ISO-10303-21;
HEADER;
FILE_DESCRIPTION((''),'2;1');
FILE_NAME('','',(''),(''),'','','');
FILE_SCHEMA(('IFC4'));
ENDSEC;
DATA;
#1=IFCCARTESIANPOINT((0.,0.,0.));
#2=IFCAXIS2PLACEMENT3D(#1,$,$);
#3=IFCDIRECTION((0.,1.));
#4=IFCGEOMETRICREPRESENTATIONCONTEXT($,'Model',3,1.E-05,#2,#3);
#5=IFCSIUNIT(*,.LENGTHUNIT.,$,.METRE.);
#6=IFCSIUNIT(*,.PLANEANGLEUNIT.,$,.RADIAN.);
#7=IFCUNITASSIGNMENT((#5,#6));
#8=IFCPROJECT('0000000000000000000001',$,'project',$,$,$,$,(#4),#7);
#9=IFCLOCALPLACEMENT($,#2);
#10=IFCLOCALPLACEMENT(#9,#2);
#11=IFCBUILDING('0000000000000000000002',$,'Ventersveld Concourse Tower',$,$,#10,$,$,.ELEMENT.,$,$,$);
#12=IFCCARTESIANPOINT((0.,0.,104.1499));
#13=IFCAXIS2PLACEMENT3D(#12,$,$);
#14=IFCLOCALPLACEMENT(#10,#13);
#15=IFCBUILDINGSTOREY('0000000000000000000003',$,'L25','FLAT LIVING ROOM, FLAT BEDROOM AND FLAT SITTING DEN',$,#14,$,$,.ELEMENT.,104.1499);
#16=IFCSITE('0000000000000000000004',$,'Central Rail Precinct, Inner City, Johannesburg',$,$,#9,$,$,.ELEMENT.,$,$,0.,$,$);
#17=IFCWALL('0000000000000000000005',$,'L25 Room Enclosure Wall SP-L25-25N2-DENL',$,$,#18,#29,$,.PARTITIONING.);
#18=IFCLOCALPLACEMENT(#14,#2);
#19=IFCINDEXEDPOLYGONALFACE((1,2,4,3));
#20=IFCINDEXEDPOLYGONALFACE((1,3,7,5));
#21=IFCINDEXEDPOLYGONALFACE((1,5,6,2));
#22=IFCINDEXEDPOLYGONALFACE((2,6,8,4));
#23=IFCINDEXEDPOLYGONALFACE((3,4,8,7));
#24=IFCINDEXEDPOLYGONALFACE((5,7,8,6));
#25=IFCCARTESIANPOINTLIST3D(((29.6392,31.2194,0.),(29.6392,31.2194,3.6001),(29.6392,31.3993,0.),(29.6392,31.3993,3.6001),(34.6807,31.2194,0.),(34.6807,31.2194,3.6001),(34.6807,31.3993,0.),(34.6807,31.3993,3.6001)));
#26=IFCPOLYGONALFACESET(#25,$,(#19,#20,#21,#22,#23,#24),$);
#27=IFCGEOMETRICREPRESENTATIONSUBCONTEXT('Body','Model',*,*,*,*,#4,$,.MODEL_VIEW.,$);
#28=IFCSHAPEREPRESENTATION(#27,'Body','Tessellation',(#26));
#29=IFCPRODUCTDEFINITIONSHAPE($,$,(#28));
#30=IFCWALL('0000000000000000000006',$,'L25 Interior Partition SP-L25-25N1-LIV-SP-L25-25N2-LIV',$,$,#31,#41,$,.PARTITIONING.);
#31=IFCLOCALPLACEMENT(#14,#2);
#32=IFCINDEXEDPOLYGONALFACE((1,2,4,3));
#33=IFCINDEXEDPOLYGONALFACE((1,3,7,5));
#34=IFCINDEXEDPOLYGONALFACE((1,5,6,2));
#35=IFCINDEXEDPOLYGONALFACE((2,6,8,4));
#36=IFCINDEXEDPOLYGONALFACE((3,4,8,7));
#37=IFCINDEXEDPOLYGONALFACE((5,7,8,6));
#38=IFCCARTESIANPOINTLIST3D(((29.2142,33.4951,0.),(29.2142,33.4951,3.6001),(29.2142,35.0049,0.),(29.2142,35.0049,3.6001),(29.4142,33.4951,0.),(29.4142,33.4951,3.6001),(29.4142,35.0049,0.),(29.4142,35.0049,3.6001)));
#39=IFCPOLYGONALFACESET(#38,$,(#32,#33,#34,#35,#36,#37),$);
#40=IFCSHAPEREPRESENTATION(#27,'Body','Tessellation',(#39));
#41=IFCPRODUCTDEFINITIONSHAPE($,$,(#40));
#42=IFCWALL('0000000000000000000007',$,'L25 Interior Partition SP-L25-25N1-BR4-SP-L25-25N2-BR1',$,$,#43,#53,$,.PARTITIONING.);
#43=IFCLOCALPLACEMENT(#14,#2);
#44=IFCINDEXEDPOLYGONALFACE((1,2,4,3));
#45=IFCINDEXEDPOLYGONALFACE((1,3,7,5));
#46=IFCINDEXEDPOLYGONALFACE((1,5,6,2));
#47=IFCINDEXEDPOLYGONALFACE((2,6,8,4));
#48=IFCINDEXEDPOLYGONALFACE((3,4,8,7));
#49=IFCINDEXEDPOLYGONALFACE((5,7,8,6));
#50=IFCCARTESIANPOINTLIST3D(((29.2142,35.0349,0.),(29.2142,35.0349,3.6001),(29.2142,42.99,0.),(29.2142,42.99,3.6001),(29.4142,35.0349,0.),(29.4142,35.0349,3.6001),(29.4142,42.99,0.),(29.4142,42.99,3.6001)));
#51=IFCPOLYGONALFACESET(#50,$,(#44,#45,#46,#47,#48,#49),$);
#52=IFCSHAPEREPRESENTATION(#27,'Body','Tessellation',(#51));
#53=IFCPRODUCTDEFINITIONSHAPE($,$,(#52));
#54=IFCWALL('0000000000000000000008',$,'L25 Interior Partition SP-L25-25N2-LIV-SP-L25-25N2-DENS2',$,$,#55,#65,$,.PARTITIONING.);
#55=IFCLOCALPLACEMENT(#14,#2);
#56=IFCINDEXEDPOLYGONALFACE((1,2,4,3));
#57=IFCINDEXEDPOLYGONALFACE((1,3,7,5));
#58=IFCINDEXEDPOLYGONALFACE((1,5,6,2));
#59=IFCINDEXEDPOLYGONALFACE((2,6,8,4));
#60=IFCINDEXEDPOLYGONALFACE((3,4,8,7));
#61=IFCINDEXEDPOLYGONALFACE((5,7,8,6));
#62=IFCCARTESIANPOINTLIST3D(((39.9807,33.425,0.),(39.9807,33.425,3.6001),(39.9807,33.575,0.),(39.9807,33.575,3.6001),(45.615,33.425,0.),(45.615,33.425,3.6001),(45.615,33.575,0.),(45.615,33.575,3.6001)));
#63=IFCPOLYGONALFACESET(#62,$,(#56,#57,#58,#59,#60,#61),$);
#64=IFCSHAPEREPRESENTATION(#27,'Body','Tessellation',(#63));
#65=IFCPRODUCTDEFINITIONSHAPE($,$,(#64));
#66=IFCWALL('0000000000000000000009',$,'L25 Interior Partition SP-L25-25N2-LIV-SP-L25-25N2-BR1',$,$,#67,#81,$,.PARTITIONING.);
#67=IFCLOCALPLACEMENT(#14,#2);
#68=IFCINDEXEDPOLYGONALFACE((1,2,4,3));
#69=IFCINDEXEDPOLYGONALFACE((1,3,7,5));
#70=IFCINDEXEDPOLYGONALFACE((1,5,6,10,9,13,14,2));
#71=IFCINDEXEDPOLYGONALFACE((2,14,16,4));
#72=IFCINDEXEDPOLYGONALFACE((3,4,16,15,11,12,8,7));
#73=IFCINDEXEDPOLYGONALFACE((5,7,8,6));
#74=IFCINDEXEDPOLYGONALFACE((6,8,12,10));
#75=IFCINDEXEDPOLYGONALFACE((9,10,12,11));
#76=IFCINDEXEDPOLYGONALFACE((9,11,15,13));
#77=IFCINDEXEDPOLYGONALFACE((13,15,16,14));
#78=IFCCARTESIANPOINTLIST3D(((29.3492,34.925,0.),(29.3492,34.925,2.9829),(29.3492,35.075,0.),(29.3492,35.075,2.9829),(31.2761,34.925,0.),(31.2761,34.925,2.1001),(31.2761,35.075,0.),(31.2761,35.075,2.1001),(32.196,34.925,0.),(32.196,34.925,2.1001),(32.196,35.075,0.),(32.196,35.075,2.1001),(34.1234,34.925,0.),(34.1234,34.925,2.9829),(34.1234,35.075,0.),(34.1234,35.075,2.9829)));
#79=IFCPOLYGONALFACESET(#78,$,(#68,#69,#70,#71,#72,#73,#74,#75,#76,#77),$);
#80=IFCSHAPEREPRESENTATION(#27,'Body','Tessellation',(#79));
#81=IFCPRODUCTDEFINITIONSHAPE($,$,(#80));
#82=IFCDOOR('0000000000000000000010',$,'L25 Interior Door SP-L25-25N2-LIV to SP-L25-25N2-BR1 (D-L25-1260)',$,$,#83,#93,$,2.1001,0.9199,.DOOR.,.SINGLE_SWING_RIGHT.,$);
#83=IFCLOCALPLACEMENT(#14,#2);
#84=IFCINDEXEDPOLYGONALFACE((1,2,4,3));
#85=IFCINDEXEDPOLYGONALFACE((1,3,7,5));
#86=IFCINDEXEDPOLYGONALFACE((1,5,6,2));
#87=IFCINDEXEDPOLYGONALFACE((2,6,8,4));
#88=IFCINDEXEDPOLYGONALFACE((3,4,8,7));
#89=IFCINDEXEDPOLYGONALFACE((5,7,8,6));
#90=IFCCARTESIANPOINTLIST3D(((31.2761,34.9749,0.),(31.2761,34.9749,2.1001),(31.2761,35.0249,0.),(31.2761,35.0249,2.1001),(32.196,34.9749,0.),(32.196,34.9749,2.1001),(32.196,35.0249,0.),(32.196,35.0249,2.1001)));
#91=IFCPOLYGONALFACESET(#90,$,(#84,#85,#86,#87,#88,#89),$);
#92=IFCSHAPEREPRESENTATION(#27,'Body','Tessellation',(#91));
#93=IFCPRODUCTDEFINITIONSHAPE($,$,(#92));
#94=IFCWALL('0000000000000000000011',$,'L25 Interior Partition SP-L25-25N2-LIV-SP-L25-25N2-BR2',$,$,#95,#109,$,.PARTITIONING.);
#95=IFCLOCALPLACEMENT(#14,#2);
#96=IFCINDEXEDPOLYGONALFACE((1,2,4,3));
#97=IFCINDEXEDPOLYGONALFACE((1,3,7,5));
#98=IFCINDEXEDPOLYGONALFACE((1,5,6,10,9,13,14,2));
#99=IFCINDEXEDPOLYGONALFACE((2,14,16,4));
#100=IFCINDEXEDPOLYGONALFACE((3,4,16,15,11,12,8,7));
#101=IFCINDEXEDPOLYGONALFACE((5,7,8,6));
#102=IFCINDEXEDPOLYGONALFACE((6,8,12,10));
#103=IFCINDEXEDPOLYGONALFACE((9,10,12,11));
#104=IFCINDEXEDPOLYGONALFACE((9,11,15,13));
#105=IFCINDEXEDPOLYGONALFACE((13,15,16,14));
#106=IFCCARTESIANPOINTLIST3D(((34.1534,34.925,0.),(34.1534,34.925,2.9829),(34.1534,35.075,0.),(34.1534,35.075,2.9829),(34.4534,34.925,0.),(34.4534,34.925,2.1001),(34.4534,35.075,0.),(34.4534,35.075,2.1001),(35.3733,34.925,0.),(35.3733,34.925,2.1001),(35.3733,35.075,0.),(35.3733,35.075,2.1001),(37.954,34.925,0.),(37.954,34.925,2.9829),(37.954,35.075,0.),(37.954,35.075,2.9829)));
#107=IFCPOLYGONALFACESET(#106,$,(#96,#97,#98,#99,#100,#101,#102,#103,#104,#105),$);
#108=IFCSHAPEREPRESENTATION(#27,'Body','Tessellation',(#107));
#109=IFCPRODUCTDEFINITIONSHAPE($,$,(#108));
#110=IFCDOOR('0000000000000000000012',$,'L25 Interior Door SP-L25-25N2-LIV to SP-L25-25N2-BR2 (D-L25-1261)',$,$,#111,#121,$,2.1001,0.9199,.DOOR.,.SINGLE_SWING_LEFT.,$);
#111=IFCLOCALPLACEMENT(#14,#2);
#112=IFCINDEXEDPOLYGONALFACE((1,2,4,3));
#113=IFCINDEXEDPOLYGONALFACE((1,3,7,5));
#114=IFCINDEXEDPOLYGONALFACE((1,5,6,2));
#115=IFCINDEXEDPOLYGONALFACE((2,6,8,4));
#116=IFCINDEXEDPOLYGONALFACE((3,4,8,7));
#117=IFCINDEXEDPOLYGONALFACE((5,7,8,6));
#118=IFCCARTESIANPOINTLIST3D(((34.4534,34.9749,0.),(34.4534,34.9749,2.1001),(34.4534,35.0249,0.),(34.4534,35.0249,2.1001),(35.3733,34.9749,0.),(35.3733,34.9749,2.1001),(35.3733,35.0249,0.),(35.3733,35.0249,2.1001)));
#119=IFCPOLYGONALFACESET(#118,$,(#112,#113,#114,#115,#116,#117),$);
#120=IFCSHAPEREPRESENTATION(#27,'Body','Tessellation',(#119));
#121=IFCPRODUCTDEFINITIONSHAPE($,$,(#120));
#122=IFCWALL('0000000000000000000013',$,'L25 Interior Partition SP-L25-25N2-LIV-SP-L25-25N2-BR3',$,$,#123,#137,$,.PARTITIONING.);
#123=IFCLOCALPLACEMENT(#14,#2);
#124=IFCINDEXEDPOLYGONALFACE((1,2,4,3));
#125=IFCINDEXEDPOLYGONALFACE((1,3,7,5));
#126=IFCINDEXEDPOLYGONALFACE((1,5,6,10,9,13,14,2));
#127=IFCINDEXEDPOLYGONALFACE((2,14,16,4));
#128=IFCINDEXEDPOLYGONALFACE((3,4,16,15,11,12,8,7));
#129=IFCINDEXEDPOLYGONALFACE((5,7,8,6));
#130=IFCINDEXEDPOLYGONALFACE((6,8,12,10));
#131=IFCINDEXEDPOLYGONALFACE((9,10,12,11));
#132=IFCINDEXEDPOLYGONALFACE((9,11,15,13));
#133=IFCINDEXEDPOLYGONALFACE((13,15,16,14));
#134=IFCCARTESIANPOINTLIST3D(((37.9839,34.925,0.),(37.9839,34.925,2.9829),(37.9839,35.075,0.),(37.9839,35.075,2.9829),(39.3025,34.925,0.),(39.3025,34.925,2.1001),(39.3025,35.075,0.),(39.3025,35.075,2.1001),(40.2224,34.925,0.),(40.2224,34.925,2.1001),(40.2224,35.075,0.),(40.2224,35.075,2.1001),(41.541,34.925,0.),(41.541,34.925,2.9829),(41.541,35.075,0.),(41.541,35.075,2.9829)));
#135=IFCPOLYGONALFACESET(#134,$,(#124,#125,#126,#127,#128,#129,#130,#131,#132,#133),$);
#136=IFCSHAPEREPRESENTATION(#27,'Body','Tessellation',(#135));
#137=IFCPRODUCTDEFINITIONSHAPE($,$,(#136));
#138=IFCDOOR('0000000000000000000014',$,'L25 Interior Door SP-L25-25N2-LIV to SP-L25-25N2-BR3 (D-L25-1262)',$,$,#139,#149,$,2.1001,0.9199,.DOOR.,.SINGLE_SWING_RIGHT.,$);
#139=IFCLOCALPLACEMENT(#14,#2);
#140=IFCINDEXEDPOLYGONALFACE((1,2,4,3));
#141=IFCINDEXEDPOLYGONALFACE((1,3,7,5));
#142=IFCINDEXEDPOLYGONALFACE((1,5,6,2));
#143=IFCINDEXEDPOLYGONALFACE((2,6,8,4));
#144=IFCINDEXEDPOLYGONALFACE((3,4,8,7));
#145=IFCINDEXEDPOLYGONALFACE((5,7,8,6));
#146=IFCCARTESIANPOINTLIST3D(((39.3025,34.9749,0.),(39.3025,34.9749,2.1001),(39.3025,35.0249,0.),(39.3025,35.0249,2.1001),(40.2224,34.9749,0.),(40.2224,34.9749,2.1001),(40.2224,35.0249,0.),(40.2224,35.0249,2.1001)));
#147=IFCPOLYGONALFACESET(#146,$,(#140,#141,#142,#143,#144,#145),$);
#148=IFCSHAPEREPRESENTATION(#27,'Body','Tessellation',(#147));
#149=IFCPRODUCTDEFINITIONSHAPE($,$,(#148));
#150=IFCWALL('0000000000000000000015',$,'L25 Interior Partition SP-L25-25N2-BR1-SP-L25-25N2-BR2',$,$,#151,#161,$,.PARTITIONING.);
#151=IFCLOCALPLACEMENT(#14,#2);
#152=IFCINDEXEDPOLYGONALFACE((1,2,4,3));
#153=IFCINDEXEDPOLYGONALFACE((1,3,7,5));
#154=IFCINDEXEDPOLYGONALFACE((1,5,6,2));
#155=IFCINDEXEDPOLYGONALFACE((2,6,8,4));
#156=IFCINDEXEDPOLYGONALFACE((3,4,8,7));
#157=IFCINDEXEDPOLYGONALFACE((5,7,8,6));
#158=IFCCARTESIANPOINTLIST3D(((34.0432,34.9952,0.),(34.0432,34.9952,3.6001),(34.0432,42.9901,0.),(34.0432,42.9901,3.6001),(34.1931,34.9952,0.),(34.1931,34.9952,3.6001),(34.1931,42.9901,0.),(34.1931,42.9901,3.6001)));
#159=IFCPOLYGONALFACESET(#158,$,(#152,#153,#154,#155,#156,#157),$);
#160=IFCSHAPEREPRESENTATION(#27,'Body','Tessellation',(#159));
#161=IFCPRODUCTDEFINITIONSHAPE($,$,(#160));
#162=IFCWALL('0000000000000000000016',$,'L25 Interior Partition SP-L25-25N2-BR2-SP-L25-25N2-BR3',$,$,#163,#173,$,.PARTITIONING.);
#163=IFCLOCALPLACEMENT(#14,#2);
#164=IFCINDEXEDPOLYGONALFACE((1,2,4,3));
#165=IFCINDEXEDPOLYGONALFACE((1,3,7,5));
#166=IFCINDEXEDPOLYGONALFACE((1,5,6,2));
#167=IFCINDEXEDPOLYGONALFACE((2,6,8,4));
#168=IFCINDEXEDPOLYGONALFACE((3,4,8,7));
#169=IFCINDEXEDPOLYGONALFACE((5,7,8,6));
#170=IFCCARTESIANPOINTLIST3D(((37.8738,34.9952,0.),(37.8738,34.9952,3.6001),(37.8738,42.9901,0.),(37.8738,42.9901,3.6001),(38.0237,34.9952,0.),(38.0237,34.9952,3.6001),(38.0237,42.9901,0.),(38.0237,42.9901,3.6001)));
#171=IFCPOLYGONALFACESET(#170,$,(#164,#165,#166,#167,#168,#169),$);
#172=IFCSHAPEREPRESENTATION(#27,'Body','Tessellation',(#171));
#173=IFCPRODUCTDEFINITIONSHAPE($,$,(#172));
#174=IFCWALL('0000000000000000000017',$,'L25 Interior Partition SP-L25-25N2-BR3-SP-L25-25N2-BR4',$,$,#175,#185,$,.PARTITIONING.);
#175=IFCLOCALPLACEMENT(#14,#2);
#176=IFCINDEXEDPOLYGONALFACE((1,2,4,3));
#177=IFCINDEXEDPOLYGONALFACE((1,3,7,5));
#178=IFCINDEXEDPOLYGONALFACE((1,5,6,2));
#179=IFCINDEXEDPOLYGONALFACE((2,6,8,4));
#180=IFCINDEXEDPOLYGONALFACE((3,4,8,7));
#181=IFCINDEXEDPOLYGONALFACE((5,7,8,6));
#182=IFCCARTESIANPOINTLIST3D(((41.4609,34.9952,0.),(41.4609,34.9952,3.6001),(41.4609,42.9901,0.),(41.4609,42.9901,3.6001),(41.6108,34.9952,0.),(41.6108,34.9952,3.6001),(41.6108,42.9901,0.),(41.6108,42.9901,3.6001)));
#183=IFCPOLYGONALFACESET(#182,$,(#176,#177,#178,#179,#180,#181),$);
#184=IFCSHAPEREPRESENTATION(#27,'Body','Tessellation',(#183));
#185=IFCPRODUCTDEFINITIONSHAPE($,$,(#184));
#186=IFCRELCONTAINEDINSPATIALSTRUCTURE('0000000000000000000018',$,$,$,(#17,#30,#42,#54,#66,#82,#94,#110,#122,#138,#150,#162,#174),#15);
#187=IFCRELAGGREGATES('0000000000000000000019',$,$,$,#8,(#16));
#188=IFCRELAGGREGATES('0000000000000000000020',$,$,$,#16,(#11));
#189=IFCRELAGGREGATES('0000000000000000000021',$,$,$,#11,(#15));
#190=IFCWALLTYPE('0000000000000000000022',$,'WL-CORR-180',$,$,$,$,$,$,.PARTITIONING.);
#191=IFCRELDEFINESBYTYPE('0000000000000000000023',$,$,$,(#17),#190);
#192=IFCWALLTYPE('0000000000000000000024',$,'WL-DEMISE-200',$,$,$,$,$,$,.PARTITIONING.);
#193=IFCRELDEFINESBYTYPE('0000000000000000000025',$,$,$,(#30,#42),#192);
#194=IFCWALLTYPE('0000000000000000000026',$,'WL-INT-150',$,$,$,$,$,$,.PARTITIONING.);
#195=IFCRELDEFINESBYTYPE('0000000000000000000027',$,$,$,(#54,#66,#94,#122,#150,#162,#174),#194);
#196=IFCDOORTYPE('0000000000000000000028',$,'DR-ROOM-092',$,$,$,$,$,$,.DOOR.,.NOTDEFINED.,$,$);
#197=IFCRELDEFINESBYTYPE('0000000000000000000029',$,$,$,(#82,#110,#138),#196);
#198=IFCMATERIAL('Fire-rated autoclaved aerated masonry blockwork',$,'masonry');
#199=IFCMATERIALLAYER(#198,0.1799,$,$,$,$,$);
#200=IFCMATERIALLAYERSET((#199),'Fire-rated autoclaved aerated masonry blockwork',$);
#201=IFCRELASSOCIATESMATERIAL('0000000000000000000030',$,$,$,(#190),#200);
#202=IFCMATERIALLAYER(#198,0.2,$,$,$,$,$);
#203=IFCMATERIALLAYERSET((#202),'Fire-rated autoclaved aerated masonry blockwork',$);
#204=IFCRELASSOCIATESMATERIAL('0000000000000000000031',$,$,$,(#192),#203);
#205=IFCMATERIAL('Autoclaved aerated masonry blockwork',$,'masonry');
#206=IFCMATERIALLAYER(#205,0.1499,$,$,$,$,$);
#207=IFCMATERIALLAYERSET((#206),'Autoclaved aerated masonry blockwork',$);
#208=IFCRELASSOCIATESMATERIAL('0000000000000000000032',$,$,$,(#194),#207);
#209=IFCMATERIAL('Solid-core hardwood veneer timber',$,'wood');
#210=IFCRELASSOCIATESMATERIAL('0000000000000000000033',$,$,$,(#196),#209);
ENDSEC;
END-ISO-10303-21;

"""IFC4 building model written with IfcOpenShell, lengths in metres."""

from ifc_helpers import new_model, si_unit, direction, frame, frame_2d, origin, place, context, subcontext, project, spatial, rectangle, extrude, material, layer, layer_set, type_object, element, fill, save


model = new_model("IFC4")

# Units and contexts
model_context = context("Model", 3, precision=1e-05, world=origin(), true_north=direction((0.0, 1.0)))
body_context = subcontext(model_context, "Body", "Model", "MODEL_VIEW")
ifc_project = project(units=[si_unit("LENGTHUNIT", "METRE"), si_unit("PLANEANGLEUNIT", "RADIAN")], contexts=[model_context])

# Site, building, storey
site_placement = place(None, origin())
site = spatial("IfcSite", under=ifc_project, at=site_placement, Name="Central Rail Precinct, Inner City, Johannesburg", CompositionType="ELEMENT", RefElevation=0.0)
building_placement = place(site_placement, origin())
building = spatial("IfcBuilding", under=site, at=building_placement, Name="Ventersveld Concourse Tower", CompositionType="ELEMENT")
storey_placement = place(building_placement, frame((0.0, 0.0, 104.1499)))
storey = spatial("IfcBuildingStorey", under=building, at=storey_placement, Name="L25", Description="FLAT LIVING ROOM, FLAT BEDROOM AND FLAT SITTING DEN", CompositionType="ELEMENT", Elevation=104.1499)

# Walls
ifc_material_1 = material(Name="Fire-rated autoclaved aerated masonry blockwork", Category="masonry")
ifc_layer_1 = layer(ifc_material_1, 0.1799)
ifc_layer_set_1 = layer_set([ifc_layer_1], Name="Fire-rated autoclaved aerated masonry blockwork")
wall_type_1 = type_object("IfcWallType", Name="WL-CORR-180", PredefinedType="PARTITIONING", material=ifc_layer_set_1)
wall_1_placement = place(storey_placement, frame((29.6392, 31.3093, 0.0), z_axis=(0.0, 0.0, 1.0), x_axis=(1.0, 0.0, 0.0)))
element("IfcWall", 1, at=wall_1_placement, inside=storey, type_object=wall_type_1, Name="L25 Room Enclosure Wall SP-L25-25N2-DENL", PredefinedType="PARTITIONING", context=body_context, shape_type="SweptSolid", body=[
    extrude(rectangle(XDim=5.0415, YDim=0.1799, at=frame_2d((2.5208, 0.0))), origin(), (0.0, 0.0, 1.0), 3.6001),
])
ifc_layer_2 = layer(ifc_material_1, 0.2)
ifc_layer_set_2 = layer_set([ifc_layer_2], Name="Fire-rated autoclaved aerated masonry blockwork")
wall_type_2 = type_object("IfcWallType", Name="WL-DEMISE-200", PredefinedType="PARTITIONING", material=ifc_layer_set_2)
wall_2_placement = place(storey_placement, frame((29.3142, 33.4951, 0.0), z_axis=(0.0, 0.0, 1.0), x_axis=(0.0, 1.0, 0.0)))
element("IfcWall", 2, at=wall_2_placement, inside=storey, type_object=wall_type_2, Name="L25 Interior Partition SP-L25-25N1-LIV-SP-L25-25N2-LIV", PredefinedType="PARTITIONING", context=body_context, shape_type="SweptSolid", body=[
    extrude(rectangle(XDim=1.5098, YDim=0.2, at=frame_2d((0.7549, 0.0))), origin(), (0.0, 0.0, 1.0), 3.6001),
])
wall_3_placement = place(storey_placement, frame((29.3142, 35.0349, 0.0), z_axis=(0.0, 0.0, 1.0), x_axis=(0.0, 1.0, 0.0)))
element("IfcWall", 3, at=wall_3_placement, inside=storey, type_object=wall_type_2, Name="L25 Interior Partition SP-L25-25N1-BR4-SP-L25-25N2-BR1", PredefinedType="PARTITIONING", context=body_context, shape_type="SweptSolid", body=[
    extrude(rectangle(XDim=7.9551, YDim=0.2, at=frame_2d((3.9775, 0.0))), origin(), (0.0, 0.0, 1.0), 3.6001),
])
ifc_material_2 = material(Name="Autoclaved aerated masonry blockwork", Category="masonry")
ifc_layer_3 = layer(ifc_material_2, 0.1499)
ifc_layer_set_3 = layer_set([ifc_layer_3], Name="Autoclaved aerated masonry blockwork")
wall_type_3 = type_object("IfcWallType", Name="WL-INT-150", PredefinedType="PARTITIONING", material=ifc_layer_set_3)
wall_4_placement = place(storey_placement, frame((39.9807, 33.5, 0.0), z_axis=(0.0, 0.0, 1.0), x_axis=(1.0, 0.0, 0.0)))
element("IfcWall", 4, at=wall_4_placement, inside=storey, type_object=wall_type_3, Name="L25 Interior Partition SP-L25-25N2-LIV-SP-L25-25N2-DENS2", PredefinedType="PARTITIONING", context=body_context, shape_type="SweptSolid", body=[
    extrude(rectangle(XDim=5.6343, YDim=0.1499, at=frame_2d((2.8171, 0.0))), origin(), (0.0, 0.0, 1.0), 3.6001),
])

# Walls, openings, doors
wall_5_placement = place(storey_placement, frame((29.3491, 35.0, 0.0), z_axis=(0.0, 0.0, 1.0), x_axis=(1.0, 0.0, 0.0)))
wall_5 = element("IfcWall", 5, at=wall_5_placement, inside=storey, type_object=wall_type_3, Name="L25 Interior Partition SP-L25-25N2-LIV-SP-L25-25N2-BR1", PredefinedType="PARTITIONING", context=body_context, shape_type="SweptSolid", body=[
    extrude(rectangle(XDim=4.7742, YDim=0.1499, at=frame_2d((2.3872, 0.0))), origin(), (0.0, 0.0, 1.0), 2.9829),
])
opening_1_placement = place(wall_5_placement, frame((1.927, 0.0, 0.0)))
opening_1 = element("IfcOpeningElement", 6, at=opening_1_placement, cuts=wall_5, PredefinedType="OPENING", context=body_context, shape_type="SweptSolid", body=[
    extrude(rectangle(XDim=0.9199, YDim=2.1001, at=frame_2d((0.46, 1.05))), frame((0.0, 0.085, 0.0), z_axis=(0.0, -1.0, 0.0), x_axis=(1.0, 0.0, 0.0)), (0.0, 0.0, 1.0), 0.1699),
])
ifc_material_3 = material(Name="Solid-core hardwood veneer timber", Category="wood")
door_type = type_object("IfcDoorType", Name="DR-ROOM-092", OperationType="NOTDEFINED", PredefinedType="DOOR", material=ifc_material_3)
door_1_placement = place(opening_1_placement, origin())
door_1 = element("IfcDoor", 7, at=door_1_placement, inside=storey, type_object=door_type, Name="L25 Interior Door SP-L25-25N2-LIV to SP-L25-25N2-BR1 (D-L25-1260)", OperationType="SINGLE_SWING_RIGHT", OverallHeight=2.1001, OverallWidth=0.9199, PredefinedType="DOOR", context=body_context, shape_type="SweptSolid", body=[
    extrude(rectangle(XDim=0.9199, YDim=2.1001, at=frame_2d((0.46, 1.05))), frame((0.0, 0.0249, 0.0), z_axis=(0.0, -1.0, 0.0), x_axis=(1.0, 0.0, 0.0)), (0.0, 0.0, 1.0), 0.05),
])
fill(opening_1, door_1)
wall_6_placement = place(storey_placement, frame((34.1533, 35.0, 0.0), z_axis=(0.0, 0.0, 1.0), x_axis=(1.0, 0.0, 0.0)))
wall_6 = element("IfcWall", 8, at=wall_6_placement, inside=storey, type_object=wall_type_3, Name="L25 Interior Partition SP-L25-25N2-LIV-SP-L25-25N2-BR2", PredefinedType="PARTITIONING", context=body_context, shape_type="SweptSolid", body=[
    extrude(rectangle(XDim=3.8005, YDim=0.1499, at=frame_2d((1.9004, 0.0))), origin(), (0.0, 0.0, 1.0), 2.9829),
])
opening_2_placement = place(wall_6_placement, frame((0.3, 0.0, 0.0)))
opening_2 = element("IfcOpeningElement", 9, at=opening_2_placement, cuts=wall_6, PredefinedType="OPENING", context=body_context, shape_type="SweptSolid", body=[
    extrude(rectangle(XDim=0.9199, YDim=2.1001, at=frame_2d((0.46, 1.05))), frame((0.0, 0.085, 0.0), z_axis=(0.0, -1.0, 0.0), x_axis=(1.0, 0.0, 0.0)), (0.0, 0.0, 1.0), 0.1699),
])
door_2_placement = place(opening_2_placement, origin())
door_2 = element("IfcDoor", 10, at=door_2_placement, inside=storey, type_object=door_type, Name="L25 Interior Door SP-L25-25N2-LIV to SP-L25-25N2-BR2 (D-L25-1261)", OperationType="SINGLE_SWING_LEFT", OverallHeight=2.1001, OverallWidth=0.9199, PredefinedType="DOOR", context=body_context, shape_type="SweptSolid", body=[
    extrude(rectangle(XDim=0.9199, YDim=2.1001, at=frame_2d((0.46, 1.05))), frame((0.0, 0.0249, 0.0), z_axis=(0.0, -1.0, 0.0), x_axis=(1.0, 0.0, 0.0)), (0.0, 0.0, 1.0), 0.05),
])
fill(opening_2, door_2)
wall_7_placement = place(storey_placement, frame((37.9839, 35.0, 0.0), z_axis=(0.0, 0.0, 1.0), x_axis=(1.0, 0.0, 0.0)))
wall_7 = element("IfcWall", 11, at=wall_7_placement, inside=storey, type_object=wall_type_3, Name="L25 Interior Partition SP-L25-25N2-LIV-SP-L25-25N2-BR3", PredefinedType="PARTITIONING", context=body_context, shape_type="SweptSolid", body=[
    extrude(rectangle(XDim=3.5571, YDim=0.1499, at=frame_2d((1.7786, 0.0))), origin(), (0.0, 0.0, 1.0), 2.9829),
])
opening_3_placement = place(wall_7_placement, frame((1.3186, 0.0, 0.0)))
opening_3 = element("IfcOpeningElement", 12, at=opening_3_placement, cuts=wall_7, PredefinedType="OPENING", context=body_context, shape_type="SweptSolid", body=[
    extrude(rectangle(XDim=0.9199, YDim=2.1001, at=frame_2d((0.46, 1.05))), frame((0.0, 0.085, 0.0), z_axis=(0.0, -1.0, 0.0), x_axis=(1.0, 0.0, 0.0)), (0.0, 0.0, 1.0), 0.1699),
])
door_3_placement = place(opening_3_placement, origin())
door_3 = element("IfcDoor", 13, at=door_3_placement, inside=storey, type_object=door_type, Name="L25 Interior Door SP-L25-25N2-LIV to SP-L25-25N2-BR3 (D-L25-1262)", OperationType="SINGLE_SWING_RIGHT", OverallHeight=2.1001, OverallWidth=0.9199, PredefinedType="DOOR", context=body_context, shape_type="SweptSolid", body=[
    extrude(rectangle(XDim=0.9199, YDim=2.1001, at=frame_2d((0.46, 1.05))), frame((0.0, 0.0249, 0.0), z_axis=(0.0, -1.0, 0.0), x_axis=(1.0, 0.0, 0.0)), (0.0, 0.0, 1.0), 0.05),
])
fill(opening_3, door_3)

# Walls
for number, where, z_axis, x_axis, name in (
    (14, (34.1182, 34.9951, 0.0), (0.0, 0.0, 1.0), (0.0, 1.0, 0.0), "L25 Interior Partition SP-L25-25N2-BR1-SP-L25-25N2-BR2"),
    (15, (37.9487, 34.9951, 0.0), (0.0, 0.0, 1.0), (0.0, 1.0, 0.0), "L25 Interior Partition SP-L25-25N2-BR2-SP-L25-25N2-BR3"),
    (16, (41.5359, 34.9951, 0.0), (0.0, 0.0, 1.0), (0.0, 1.0, 0.0), "L25 Interior Partition SP-L25-25N2-BR3-SP-L25-25N2-BR4"),
):
    element("IfcWall", number, at=place(storey_placement, frame(where, z_axis=z_axis, x_axis=x_axis)), inside=storey, type_object=wall_type_3, Name=name, PredefinedType="PARTITIONING", context=body_context, shape_type="SweptSolid", body=[
        extrude(rectangle(XDim=7.9949, YDim=0.1499, at=frame_2d((3.9976, 0.0))), origin(), (0.0, 0.0, 1.0), 3.6001),
    ])

save(model, "model.ifc")
